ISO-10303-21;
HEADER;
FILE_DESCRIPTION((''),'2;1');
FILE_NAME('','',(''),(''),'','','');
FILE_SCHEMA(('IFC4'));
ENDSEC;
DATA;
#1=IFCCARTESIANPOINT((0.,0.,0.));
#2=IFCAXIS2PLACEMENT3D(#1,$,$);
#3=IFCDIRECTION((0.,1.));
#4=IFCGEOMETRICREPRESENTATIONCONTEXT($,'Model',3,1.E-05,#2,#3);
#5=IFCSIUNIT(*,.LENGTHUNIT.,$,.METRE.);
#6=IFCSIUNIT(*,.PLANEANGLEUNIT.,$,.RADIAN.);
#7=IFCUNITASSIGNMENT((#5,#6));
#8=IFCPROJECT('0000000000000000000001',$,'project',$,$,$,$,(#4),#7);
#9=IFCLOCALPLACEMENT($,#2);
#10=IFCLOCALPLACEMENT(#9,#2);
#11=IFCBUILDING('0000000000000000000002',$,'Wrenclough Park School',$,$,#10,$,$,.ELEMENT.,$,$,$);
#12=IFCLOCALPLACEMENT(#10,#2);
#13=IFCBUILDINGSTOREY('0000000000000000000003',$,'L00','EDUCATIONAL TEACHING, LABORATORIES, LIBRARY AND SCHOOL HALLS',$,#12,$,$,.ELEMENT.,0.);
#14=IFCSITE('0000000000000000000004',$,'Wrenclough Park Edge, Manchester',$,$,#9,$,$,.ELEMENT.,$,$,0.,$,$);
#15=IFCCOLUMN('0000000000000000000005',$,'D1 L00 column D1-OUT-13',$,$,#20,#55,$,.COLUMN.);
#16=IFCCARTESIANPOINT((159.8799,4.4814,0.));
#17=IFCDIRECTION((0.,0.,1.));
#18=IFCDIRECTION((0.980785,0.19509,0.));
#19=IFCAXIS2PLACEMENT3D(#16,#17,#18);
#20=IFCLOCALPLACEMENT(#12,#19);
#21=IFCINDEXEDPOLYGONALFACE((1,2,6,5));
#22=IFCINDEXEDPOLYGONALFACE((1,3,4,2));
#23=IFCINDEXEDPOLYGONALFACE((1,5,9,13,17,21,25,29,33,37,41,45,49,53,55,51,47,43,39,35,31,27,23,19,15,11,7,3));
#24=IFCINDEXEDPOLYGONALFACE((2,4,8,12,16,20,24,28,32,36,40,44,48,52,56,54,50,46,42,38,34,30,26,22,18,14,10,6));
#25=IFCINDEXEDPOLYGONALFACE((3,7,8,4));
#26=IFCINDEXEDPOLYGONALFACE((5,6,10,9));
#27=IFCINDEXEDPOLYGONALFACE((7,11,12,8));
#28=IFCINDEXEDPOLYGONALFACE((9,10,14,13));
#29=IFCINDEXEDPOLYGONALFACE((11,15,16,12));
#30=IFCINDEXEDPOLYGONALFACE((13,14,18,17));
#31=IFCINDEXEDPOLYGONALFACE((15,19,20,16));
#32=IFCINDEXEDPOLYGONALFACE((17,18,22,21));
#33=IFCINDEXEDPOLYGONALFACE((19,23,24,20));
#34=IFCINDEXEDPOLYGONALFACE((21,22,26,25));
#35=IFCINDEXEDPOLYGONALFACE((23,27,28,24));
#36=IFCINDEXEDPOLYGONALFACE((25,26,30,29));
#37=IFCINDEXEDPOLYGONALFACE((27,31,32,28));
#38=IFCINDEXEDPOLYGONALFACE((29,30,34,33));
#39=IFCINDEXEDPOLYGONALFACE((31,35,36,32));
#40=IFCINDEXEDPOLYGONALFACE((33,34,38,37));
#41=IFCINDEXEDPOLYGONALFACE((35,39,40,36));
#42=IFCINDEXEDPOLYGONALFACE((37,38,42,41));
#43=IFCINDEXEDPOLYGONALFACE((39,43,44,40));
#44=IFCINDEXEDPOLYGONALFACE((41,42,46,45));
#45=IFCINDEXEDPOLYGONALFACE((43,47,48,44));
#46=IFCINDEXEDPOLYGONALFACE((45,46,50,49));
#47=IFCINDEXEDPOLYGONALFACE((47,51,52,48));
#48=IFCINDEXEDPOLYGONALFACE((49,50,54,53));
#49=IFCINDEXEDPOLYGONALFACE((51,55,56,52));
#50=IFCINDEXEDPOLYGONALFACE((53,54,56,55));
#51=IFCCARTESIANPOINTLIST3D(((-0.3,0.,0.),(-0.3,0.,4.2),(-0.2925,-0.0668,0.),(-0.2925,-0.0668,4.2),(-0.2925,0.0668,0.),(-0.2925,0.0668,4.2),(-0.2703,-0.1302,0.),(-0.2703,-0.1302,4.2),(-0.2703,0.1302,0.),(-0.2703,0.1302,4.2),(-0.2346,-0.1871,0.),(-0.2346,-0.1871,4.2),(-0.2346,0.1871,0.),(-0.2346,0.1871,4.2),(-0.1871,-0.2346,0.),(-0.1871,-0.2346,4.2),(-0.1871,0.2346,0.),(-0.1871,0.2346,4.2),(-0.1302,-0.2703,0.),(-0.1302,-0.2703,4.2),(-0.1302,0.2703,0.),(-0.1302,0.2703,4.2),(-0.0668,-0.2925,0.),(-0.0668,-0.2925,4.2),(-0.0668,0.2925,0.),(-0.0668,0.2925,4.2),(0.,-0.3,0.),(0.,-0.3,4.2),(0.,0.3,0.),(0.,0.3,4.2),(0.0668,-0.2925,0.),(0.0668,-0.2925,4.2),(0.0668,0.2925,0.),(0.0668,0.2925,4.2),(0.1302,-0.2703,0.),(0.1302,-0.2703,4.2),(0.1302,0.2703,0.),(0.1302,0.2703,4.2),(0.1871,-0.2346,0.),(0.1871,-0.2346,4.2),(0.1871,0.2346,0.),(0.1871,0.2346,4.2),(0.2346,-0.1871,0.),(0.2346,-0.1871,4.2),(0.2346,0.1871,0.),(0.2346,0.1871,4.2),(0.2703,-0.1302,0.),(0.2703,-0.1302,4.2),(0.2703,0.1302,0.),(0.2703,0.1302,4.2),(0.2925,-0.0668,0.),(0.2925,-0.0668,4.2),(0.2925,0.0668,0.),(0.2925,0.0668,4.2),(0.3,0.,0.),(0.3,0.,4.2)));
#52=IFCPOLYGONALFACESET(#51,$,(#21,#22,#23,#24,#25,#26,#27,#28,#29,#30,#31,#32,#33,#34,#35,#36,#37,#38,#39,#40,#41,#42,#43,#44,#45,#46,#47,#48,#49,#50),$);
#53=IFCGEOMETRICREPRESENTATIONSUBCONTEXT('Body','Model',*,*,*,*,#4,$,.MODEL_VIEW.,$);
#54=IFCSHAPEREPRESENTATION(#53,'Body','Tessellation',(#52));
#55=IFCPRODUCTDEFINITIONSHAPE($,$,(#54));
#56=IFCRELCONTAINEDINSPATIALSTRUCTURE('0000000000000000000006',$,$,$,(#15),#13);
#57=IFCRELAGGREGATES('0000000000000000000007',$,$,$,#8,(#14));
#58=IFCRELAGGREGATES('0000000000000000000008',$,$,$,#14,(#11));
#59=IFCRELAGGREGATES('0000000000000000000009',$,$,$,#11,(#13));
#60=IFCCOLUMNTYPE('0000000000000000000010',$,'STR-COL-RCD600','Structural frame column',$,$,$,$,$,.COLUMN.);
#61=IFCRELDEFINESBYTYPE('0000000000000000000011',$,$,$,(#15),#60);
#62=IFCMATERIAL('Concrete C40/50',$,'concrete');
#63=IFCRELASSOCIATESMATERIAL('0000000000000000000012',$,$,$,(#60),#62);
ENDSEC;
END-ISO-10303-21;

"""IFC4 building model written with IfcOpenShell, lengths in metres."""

from ifc_helpers import new_model, si_unit, direction, frame, origin, origin_2d, place, context, subcontext, project, spatial, circle, extrude, material, material_profile, profile_set, type_object, element, save


model = new_model("IFC4")

# Units and contexts
model_context = context("Model", 3, precision=1e-05, world=origin(), true_north=direction((0.0, 1.0)))
body_context = subcontext(model_context, "Body", "Model", "MODEL_VIEW")
ifc_project = project(units=[si_unit("LENGTHUNIT", "METRE"), si_unit("PLANEANGLEUNIT", "RADIAN")], contexts=[model_context])

# Site, building, storey
site_placement = place(None, origin())
site = spatial("IfcSite", under=ifc_project, at=site_placement, Name="Wrenclough Park Edge, Manchester", CompositionType="ELEMENT", RefElevation=0.0)
building_placement = place(site_placement, origin())
building = spatial("IfcBuilding", under=site, at=building_placement, Name="Wrenclough Park School", CompositionType="ELEMENT")
storey_placement = place(building_placement, origin())
storey = spatial("IfcBuildingStorey", under=building, at=storey_placement, Name="L00", Description="EDUCATIONAL TEACHING, LABORATORIES, LIBRARY AND SCHOOL HALLS", CompositionType="ELEMENT", Elevation=0.0)

# Column
ifc_material_1 = material(Name="Concrete C40/50", Category="concrete")
ifc_material_profile_1 = material_profile(ifc_material_1, circle(Radius=0.3, at=origin_2d()), Name="RC COL D600")
ifc_profile_set_1 = profile_set([ifc_material_profile_1], Name="Concrete C40/50")
column_type = type_object("IfcColumnType", Name="STR-COL-RCD600", Description="Structural frame column", PredefinedType="COLUMN", material=ifc_profile_set_1)
column_placement = place(storey_placement, frame((159.8799, 4.4814, 0.0), z_axis=(0.0, 0.0, 1.0), x_axis=(0.980785, 0.19509, 0.0)))
element("IfcColumn", 1, at=column_placement, inside=storey, type_object=column_type, Name="D1 L00 column D1-OUT-13", PredefinedType="COLUMN", context=body_context, shape_type="SweptSolid", body=[
    extrude(circle(Radius=0.3, at=origin_2d()), origin(), (0.0, 0.0, 1.0), 4.2),
])

save(model, "model.ifc")
